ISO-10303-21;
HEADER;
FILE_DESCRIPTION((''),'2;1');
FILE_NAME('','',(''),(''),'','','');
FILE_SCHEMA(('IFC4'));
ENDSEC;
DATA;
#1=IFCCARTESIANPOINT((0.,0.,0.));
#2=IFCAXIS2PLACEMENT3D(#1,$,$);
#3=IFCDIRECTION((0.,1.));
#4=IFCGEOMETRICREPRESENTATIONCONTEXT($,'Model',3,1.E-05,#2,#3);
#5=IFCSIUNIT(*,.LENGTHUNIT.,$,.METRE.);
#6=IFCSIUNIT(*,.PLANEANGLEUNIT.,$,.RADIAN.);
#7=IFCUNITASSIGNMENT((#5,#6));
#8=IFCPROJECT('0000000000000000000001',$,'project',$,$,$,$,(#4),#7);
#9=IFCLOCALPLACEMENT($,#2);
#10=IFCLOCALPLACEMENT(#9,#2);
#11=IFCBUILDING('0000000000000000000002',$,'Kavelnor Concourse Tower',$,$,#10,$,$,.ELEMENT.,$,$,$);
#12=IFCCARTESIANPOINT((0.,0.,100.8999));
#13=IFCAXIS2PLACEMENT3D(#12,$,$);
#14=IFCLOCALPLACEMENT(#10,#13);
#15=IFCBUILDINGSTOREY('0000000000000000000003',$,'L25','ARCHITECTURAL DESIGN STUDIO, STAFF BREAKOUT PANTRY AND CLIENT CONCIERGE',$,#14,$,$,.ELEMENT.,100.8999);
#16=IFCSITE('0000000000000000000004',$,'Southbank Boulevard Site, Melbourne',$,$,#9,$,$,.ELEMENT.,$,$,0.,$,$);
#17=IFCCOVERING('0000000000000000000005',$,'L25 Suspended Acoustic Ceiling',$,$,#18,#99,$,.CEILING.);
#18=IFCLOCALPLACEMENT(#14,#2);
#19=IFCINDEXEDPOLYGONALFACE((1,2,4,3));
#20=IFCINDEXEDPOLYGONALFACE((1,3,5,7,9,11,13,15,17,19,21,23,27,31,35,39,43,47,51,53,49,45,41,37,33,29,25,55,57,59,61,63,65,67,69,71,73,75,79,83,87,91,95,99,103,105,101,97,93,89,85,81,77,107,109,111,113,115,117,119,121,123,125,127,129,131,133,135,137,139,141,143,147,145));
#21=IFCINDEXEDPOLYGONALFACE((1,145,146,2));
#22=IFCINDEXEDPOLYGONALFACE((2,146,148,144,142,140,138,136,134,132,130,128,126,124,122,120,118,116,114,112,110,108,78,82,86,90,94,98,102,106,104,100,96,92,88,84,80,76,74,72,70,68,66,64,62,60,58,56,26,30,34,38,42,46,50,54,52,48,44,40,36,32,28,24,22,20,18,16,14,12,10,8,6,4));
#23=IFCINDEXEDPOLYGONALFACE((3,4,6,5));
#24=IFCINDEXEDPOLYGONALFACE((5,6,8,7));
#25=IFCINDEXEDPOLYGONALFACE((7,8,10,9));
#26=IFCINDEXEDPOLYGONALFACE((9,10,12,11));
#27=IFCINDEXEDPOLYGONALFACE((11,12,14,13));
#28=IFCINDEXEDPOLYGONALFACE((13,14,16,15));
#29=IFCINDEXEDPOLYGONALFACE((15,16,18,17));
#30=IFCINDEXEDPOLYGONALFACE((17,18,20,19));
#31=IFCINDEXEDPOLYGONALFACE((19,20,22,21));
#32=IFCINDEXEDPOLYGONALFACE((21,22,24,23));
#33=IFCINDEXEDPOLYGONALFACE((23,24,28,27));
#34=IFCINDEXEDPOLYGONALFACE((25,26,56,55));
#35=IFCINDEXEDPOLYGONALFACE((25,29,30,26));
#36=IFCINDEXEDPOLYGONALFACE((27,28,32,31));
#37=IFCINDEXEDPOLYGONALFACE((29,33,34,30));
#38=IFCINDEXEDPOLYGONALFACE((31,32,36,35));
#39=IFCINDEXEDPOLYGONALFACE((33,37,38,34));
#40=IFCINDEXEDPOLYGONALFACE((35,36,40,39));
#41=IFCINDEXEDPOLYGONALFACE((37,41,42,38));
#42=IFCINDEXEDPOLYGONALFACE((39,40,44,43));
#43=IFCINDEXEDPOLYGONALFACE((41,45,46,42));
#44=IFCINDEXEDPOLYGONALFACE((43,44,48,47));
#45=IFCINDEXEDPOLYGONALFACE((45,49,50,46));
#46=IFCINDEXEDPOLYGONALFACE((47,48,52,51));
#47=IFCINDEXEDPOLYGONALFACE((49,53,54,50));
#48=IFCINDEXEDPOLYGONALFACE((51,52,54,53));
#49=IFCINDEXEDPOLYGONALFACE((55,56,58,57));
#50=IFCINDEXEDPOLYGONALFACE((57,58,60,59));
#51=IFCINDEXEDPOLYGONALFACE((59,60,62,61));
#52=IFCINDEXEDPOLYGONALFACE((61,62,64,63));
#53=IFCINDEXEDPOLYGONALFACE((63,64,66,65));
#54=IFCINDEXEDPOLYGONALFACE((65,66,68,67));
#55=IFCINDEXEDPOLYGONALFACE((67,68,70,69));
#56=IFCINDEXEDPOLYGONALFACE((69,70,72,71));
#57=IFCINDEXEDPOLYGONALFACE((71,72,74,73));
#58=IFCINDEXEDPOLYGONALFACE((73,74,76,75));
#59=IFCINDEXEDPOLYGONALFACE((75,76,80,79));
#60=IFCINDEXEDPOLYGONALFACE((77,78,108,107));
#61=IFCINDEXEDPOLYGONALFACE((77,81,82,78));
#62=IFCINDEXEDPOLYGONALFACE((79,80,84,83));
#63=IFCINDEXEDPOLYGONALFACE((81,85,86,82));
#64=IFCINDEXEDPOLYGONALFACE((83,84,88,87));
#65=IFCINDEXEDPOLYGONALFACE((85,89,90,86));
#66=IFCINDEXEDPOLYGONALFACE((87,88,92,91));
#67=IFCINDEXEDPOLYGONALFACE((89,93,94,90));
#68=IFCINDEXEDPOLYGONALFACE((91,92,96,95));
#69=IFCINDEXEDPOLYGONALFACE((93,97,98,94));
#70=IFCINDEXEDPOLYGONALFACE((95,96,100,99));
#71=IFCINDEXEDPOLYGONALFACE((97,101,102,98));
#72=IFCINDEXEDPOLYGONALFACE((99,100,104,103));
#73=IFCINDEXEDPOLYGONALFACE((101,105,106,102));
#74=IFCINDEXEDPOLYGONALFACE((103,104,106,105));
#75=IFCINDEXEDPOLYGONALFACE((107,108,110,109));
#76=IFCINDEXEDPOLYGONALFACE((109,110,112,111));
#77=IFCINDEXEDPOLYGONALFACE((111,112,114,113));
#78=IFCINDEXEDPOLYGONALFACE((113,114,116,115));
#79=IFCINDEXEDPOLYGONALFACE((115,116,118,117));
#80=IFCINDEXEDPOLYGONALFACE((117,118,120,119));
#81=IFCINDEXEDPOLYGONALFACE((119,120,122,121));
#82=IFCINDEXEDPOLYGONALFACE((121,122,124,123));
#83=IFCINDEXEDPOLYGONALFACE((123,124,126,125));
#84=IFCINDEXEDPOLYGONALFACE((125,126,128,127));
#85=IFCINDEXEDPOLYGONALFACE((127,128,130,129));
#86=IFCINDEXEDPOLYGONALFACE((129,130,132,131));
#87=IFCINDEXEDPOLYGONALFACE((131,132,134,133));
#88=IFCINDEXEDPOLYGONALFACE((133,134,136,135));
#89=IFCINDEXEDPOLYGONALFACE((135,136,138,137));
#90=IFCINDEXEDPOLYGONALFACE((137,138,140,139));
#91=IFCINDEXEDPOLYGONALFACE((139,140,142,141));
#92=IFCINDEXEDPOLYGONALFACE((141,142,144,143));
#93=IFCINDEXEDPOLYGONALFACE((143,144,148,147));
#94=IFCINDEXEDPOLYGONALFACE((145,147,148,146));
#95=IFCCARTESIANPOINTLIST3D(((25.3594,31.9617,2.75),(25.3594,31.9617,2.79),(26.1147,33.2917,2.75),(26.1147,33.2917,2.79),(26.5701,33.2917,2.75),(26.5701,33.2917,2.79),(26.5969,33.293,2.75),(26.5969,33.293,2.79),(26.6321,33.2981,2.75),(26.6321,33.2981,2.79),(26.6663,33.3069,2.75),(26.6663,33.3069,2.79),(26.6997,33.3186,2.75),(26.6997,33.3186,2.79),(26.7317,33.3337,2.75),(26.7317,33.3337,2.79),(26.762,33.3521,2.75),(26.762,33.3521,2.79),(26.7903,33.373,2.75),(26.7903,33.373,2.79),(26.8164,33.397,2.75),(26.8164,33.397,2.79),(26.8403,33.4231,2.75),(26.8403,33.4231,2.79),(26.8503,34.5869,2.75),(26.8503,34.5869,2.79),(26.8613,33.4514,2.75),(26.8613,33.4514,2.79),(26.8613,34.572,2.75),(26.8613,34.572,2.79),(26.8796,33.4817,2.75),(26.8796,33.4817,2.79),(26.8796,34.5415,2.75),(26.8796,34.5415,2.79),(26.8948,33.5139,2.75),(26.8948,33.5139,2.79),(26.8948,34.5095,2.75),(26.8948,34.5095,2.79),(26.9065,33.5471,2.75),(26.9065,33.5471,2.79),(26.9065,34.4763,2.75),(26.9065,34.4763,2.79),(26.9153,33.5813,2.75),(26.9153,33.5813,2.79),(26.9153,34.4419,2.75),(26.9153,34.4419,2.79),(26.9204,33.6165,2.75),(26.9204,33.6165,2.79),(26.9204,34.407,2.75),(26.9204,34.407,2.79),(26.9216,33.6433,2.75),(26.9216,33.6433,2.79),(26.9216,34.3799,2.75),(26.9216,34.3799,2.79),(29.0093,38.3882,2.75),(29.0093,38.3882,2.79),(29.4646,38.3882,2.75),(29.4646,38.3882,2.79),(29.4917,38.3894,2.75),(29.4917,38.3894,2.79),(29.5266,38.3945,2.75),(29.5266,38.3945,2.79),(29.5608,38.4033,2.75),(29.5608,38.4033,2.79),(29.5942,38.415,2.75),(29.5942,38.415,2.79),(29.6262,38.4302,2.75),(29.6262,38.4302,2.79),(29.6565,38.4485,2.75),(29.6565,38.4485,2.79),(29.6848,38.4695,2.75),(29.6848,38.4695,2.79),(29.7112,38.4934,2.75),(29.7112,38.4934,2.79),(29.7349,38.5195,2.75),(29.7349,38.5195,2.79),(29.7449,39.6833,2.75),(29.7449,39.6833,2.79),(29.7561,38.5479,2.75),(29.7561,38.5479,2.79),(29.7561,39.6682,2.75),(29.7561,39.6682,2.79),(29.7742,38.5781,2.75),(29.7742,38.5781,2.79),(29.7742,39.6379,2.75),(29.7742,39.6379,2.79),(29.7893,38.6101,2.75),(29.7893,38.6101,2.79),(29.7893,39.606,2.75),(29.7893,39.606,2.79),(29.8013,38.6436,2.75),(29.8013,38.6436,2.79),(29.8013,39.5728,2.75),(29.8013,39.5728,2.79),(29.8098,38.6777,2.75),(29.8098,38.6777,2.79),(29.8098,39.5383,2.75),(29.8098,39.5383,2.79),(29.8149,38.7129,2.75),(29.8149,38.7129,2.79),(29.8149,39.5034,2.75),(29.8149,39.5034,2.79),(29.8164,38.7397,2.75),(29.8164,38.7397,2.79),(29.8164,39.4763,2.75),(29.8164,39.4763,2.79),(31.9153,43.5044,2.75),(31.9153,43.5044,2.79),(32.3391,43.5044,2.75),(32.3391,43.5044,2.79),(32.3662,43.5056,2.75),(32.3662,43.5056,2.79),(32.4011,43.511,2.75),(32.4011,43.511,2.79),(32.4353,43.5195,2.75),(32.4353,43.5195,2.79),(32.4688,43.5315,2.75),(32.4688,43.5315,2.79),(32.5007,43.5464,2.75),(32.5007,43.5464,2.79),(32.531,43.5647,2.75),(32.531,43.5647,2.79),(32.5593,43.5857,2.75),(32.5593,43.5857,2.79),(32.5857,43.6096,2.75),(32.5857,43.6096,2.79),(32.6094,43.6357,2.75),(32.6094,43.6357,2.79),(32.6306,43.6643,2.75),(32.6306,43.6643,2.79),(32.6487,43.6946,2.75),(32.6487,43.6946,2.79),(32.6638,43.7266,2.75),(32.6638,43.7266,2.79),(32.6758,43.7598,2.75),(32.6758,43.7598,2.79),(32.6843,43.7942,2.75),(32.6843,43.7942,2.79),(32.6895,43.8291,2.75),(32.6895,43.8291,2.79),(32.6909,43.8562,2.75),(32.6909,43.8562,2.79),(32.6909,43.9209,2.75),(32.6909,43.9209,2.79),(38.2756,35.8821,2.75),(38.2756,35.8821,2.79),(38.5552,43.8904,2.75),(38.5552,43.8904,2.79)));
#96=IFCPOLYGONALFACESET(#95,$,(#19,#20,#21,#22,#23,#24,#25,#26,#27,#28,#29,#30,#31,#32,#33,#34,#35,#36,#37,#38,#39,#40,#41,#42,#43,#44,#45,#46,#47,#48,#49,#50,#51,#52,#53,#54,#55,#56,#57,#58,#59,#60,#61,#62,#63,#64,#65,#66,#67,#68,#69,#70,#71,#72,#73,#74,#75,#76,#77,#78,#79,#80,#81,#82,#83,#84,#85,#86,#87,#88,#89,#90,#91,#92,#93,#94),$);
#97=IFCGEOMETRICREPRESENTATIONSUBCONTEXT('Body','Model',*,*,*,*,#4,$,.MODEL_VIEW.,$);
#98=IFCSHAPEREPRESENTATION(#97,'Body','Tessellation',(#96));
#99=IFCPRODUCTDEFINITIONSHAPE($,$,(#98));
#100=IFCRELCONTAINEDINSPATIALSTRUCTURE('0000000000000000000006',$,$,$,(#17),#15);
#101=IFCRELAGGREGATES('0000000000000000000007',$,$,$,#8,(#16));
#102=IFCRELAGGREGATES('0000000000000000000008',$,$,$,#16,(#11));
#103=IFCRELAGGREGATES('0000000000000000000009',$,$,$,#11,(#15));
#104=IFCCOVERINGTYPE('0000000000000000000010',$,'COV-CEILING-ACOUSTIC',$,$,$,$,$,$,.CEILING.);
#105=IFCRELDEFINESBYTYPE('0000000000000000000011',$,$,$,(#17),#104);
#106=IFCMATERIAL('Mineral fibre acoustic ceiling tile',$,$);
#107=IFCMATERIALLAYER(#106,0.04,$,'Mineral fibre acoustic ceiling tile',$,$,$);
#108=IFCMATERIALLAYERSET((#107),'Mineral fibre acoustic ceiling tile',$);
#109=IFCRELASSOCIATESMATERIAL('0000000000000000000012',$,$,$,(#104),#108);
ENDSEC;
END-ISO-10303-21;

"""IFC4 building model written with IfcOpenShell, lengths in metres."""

from ifc_helpers import new_model, si_unit, direction, frame, origin, place, context, subcontext, project, spatial, polyline, outline, extrude, material, layer, layer_set, type_object, element, save


model = new_model("IFC4")

# Units and contexts
model_context = context("Model", 3, precision=1e-05, world=origin(), true_north=direction((0.0, 1.0)))
body_context = subcontext(model_context, "Body", "Model", "MODEL_VIEW")
ifc_project = project(units=[si_unit("LENGTHUNIT", "METRE"), si_unit("PLANEANGLEUNIT", "RADIAN")], contexts=[model_context])

# Site, building, storey
site_placement = place(None, origin())
site = spatial("IfcSite", under=ifc_project, at=site_placement, Name="Southbank Boulevard Site, Melbourne", CompositionType="ELEMENT", RefElevation=0.0)
building_placement = place(site_placement, origin())
building = spatial("IfcBuilding", under=site, at=building_placement, Name="Kavelnor Concourse Tower", CompositionType="ELEMENT")
storey_placement = place(building_placement, frame((0.0, 0.0, 100.8999)))
storey = spatial("IfcBuildingStorey", under=building, at=storey_placement, Name="L25", Description="ARCHITECTURAL DESIGN STUDIO, STAFF BREAKOUT PANTRY AND CLIENT CONCIERGE", CompositionType="ELEMENT", Elevation=100.8999)

# Covering
ifc_material_1 = material(Name="Mineral fibre acoustic ceiling tile")
ifc_layer_1 = layer(ifc_material_1, 0.04, Name="Mineral fibre acoustic ceiling tile")
ifc_layer_set_1 = layer_set([ifc_layer_1], Name="Mineral fibre acoustic ceiling tile")
covering_type_1 = type_object("IfcCoveringType", Name="COV-CEILING-ACOUSTIC", PredefinedType="CEILING", material=ifc_layer_set_1)
covering_1_placement = place(storey_placement, frame((0.0, 0.0, 2.75)))
element("IfcCovering", 1, at=covering_1_placement, inside=storey, type_object=covering_type_1, Name="L25 Suspended Acoustic Ceiling", PredefinedType="CEILING", context=body_context, shape_type="SweptSolid", body=[
    extrude(outline(polyline([(26.5701, 33.2917), (26.5969, 33.293), (26.6321, 33.2981), (26.6663, 33.3069), (26.6997, 33.3186), (26.7317, 33.3337), (26.762, 33.3521), (26.7903, 33.373), (26.8164, 33.397), (26.8403, 33.4231), (26.8613, 33.4514), (26.8796, 33.4817), (26.8948, 33.5139), (26.9065, 33.5471), (26.9153, 33.5813), (26.9204, 33.6165), (26.9216, 33.6433), (26.9216, 34.3799), (26.9204, 34.407), (26.9153, 34.4419), (26.9065, 34.4763), (26.8948, 34.5095), (26.8796, 34.5415), (26.8613, 34.572), (26.8503, 34.5869), (29.0093, 38.3882), (29.4646, 38.3882), (29.4917, 38.3894), (29.5266, 38.3945), (29.5608, 38.4033), (29.5942, 38.415), (29.6262, 38.4302), (29.6565, 38.4485), (29.6848, 38.4695), (29.7112, 38.4934), (29.7349, 38.5195), (29.7561, 38.5479), (29.7742, 38.5781), (29.7893, 38.6101), (29.8013, 38.6436), (29.8098, 38.6777), (29.8149, 38.7129), (29.8164, 38.7397), (29.8164, 39.4763), (29.8149, 39.5034), (29.8098, 39.5383), (29.8013, 39.5728), (29.7893, 39.606), (29.7742, 39.6379), (29.7561, 39.6682), (29.7449, 39.6833), (31.9153, 43.5044), (32.3391, 43.5044), (32.3662, 43.5056), (32.4011, 43.511), (32.4353, 43.5195), (32.4688, 43.5315), (32.5007, 43.5464), (32.531, 43.5647), (32.5593, 43.5857), (32.5857, 43.6096), (32.6094, 43.6357), (32.6306, 43.6643), (32.6487, 43.6946), (32.6638, 43.7266), (32.6758, 43.7598), (32.6843, 43.7942), (32.6895, 43.8291), (32.6909, 43.8562), (32.6909, 43.9209), (38.5552, 43.8904), (38.2756, 35.8821), (25.3594, 31.9617), (26.1147, 33.2917), (26.5701, 33.2917)])), origin(), (0.0, 0.0, 1.0), 0.04),
])

save(model, "model.ifc")
